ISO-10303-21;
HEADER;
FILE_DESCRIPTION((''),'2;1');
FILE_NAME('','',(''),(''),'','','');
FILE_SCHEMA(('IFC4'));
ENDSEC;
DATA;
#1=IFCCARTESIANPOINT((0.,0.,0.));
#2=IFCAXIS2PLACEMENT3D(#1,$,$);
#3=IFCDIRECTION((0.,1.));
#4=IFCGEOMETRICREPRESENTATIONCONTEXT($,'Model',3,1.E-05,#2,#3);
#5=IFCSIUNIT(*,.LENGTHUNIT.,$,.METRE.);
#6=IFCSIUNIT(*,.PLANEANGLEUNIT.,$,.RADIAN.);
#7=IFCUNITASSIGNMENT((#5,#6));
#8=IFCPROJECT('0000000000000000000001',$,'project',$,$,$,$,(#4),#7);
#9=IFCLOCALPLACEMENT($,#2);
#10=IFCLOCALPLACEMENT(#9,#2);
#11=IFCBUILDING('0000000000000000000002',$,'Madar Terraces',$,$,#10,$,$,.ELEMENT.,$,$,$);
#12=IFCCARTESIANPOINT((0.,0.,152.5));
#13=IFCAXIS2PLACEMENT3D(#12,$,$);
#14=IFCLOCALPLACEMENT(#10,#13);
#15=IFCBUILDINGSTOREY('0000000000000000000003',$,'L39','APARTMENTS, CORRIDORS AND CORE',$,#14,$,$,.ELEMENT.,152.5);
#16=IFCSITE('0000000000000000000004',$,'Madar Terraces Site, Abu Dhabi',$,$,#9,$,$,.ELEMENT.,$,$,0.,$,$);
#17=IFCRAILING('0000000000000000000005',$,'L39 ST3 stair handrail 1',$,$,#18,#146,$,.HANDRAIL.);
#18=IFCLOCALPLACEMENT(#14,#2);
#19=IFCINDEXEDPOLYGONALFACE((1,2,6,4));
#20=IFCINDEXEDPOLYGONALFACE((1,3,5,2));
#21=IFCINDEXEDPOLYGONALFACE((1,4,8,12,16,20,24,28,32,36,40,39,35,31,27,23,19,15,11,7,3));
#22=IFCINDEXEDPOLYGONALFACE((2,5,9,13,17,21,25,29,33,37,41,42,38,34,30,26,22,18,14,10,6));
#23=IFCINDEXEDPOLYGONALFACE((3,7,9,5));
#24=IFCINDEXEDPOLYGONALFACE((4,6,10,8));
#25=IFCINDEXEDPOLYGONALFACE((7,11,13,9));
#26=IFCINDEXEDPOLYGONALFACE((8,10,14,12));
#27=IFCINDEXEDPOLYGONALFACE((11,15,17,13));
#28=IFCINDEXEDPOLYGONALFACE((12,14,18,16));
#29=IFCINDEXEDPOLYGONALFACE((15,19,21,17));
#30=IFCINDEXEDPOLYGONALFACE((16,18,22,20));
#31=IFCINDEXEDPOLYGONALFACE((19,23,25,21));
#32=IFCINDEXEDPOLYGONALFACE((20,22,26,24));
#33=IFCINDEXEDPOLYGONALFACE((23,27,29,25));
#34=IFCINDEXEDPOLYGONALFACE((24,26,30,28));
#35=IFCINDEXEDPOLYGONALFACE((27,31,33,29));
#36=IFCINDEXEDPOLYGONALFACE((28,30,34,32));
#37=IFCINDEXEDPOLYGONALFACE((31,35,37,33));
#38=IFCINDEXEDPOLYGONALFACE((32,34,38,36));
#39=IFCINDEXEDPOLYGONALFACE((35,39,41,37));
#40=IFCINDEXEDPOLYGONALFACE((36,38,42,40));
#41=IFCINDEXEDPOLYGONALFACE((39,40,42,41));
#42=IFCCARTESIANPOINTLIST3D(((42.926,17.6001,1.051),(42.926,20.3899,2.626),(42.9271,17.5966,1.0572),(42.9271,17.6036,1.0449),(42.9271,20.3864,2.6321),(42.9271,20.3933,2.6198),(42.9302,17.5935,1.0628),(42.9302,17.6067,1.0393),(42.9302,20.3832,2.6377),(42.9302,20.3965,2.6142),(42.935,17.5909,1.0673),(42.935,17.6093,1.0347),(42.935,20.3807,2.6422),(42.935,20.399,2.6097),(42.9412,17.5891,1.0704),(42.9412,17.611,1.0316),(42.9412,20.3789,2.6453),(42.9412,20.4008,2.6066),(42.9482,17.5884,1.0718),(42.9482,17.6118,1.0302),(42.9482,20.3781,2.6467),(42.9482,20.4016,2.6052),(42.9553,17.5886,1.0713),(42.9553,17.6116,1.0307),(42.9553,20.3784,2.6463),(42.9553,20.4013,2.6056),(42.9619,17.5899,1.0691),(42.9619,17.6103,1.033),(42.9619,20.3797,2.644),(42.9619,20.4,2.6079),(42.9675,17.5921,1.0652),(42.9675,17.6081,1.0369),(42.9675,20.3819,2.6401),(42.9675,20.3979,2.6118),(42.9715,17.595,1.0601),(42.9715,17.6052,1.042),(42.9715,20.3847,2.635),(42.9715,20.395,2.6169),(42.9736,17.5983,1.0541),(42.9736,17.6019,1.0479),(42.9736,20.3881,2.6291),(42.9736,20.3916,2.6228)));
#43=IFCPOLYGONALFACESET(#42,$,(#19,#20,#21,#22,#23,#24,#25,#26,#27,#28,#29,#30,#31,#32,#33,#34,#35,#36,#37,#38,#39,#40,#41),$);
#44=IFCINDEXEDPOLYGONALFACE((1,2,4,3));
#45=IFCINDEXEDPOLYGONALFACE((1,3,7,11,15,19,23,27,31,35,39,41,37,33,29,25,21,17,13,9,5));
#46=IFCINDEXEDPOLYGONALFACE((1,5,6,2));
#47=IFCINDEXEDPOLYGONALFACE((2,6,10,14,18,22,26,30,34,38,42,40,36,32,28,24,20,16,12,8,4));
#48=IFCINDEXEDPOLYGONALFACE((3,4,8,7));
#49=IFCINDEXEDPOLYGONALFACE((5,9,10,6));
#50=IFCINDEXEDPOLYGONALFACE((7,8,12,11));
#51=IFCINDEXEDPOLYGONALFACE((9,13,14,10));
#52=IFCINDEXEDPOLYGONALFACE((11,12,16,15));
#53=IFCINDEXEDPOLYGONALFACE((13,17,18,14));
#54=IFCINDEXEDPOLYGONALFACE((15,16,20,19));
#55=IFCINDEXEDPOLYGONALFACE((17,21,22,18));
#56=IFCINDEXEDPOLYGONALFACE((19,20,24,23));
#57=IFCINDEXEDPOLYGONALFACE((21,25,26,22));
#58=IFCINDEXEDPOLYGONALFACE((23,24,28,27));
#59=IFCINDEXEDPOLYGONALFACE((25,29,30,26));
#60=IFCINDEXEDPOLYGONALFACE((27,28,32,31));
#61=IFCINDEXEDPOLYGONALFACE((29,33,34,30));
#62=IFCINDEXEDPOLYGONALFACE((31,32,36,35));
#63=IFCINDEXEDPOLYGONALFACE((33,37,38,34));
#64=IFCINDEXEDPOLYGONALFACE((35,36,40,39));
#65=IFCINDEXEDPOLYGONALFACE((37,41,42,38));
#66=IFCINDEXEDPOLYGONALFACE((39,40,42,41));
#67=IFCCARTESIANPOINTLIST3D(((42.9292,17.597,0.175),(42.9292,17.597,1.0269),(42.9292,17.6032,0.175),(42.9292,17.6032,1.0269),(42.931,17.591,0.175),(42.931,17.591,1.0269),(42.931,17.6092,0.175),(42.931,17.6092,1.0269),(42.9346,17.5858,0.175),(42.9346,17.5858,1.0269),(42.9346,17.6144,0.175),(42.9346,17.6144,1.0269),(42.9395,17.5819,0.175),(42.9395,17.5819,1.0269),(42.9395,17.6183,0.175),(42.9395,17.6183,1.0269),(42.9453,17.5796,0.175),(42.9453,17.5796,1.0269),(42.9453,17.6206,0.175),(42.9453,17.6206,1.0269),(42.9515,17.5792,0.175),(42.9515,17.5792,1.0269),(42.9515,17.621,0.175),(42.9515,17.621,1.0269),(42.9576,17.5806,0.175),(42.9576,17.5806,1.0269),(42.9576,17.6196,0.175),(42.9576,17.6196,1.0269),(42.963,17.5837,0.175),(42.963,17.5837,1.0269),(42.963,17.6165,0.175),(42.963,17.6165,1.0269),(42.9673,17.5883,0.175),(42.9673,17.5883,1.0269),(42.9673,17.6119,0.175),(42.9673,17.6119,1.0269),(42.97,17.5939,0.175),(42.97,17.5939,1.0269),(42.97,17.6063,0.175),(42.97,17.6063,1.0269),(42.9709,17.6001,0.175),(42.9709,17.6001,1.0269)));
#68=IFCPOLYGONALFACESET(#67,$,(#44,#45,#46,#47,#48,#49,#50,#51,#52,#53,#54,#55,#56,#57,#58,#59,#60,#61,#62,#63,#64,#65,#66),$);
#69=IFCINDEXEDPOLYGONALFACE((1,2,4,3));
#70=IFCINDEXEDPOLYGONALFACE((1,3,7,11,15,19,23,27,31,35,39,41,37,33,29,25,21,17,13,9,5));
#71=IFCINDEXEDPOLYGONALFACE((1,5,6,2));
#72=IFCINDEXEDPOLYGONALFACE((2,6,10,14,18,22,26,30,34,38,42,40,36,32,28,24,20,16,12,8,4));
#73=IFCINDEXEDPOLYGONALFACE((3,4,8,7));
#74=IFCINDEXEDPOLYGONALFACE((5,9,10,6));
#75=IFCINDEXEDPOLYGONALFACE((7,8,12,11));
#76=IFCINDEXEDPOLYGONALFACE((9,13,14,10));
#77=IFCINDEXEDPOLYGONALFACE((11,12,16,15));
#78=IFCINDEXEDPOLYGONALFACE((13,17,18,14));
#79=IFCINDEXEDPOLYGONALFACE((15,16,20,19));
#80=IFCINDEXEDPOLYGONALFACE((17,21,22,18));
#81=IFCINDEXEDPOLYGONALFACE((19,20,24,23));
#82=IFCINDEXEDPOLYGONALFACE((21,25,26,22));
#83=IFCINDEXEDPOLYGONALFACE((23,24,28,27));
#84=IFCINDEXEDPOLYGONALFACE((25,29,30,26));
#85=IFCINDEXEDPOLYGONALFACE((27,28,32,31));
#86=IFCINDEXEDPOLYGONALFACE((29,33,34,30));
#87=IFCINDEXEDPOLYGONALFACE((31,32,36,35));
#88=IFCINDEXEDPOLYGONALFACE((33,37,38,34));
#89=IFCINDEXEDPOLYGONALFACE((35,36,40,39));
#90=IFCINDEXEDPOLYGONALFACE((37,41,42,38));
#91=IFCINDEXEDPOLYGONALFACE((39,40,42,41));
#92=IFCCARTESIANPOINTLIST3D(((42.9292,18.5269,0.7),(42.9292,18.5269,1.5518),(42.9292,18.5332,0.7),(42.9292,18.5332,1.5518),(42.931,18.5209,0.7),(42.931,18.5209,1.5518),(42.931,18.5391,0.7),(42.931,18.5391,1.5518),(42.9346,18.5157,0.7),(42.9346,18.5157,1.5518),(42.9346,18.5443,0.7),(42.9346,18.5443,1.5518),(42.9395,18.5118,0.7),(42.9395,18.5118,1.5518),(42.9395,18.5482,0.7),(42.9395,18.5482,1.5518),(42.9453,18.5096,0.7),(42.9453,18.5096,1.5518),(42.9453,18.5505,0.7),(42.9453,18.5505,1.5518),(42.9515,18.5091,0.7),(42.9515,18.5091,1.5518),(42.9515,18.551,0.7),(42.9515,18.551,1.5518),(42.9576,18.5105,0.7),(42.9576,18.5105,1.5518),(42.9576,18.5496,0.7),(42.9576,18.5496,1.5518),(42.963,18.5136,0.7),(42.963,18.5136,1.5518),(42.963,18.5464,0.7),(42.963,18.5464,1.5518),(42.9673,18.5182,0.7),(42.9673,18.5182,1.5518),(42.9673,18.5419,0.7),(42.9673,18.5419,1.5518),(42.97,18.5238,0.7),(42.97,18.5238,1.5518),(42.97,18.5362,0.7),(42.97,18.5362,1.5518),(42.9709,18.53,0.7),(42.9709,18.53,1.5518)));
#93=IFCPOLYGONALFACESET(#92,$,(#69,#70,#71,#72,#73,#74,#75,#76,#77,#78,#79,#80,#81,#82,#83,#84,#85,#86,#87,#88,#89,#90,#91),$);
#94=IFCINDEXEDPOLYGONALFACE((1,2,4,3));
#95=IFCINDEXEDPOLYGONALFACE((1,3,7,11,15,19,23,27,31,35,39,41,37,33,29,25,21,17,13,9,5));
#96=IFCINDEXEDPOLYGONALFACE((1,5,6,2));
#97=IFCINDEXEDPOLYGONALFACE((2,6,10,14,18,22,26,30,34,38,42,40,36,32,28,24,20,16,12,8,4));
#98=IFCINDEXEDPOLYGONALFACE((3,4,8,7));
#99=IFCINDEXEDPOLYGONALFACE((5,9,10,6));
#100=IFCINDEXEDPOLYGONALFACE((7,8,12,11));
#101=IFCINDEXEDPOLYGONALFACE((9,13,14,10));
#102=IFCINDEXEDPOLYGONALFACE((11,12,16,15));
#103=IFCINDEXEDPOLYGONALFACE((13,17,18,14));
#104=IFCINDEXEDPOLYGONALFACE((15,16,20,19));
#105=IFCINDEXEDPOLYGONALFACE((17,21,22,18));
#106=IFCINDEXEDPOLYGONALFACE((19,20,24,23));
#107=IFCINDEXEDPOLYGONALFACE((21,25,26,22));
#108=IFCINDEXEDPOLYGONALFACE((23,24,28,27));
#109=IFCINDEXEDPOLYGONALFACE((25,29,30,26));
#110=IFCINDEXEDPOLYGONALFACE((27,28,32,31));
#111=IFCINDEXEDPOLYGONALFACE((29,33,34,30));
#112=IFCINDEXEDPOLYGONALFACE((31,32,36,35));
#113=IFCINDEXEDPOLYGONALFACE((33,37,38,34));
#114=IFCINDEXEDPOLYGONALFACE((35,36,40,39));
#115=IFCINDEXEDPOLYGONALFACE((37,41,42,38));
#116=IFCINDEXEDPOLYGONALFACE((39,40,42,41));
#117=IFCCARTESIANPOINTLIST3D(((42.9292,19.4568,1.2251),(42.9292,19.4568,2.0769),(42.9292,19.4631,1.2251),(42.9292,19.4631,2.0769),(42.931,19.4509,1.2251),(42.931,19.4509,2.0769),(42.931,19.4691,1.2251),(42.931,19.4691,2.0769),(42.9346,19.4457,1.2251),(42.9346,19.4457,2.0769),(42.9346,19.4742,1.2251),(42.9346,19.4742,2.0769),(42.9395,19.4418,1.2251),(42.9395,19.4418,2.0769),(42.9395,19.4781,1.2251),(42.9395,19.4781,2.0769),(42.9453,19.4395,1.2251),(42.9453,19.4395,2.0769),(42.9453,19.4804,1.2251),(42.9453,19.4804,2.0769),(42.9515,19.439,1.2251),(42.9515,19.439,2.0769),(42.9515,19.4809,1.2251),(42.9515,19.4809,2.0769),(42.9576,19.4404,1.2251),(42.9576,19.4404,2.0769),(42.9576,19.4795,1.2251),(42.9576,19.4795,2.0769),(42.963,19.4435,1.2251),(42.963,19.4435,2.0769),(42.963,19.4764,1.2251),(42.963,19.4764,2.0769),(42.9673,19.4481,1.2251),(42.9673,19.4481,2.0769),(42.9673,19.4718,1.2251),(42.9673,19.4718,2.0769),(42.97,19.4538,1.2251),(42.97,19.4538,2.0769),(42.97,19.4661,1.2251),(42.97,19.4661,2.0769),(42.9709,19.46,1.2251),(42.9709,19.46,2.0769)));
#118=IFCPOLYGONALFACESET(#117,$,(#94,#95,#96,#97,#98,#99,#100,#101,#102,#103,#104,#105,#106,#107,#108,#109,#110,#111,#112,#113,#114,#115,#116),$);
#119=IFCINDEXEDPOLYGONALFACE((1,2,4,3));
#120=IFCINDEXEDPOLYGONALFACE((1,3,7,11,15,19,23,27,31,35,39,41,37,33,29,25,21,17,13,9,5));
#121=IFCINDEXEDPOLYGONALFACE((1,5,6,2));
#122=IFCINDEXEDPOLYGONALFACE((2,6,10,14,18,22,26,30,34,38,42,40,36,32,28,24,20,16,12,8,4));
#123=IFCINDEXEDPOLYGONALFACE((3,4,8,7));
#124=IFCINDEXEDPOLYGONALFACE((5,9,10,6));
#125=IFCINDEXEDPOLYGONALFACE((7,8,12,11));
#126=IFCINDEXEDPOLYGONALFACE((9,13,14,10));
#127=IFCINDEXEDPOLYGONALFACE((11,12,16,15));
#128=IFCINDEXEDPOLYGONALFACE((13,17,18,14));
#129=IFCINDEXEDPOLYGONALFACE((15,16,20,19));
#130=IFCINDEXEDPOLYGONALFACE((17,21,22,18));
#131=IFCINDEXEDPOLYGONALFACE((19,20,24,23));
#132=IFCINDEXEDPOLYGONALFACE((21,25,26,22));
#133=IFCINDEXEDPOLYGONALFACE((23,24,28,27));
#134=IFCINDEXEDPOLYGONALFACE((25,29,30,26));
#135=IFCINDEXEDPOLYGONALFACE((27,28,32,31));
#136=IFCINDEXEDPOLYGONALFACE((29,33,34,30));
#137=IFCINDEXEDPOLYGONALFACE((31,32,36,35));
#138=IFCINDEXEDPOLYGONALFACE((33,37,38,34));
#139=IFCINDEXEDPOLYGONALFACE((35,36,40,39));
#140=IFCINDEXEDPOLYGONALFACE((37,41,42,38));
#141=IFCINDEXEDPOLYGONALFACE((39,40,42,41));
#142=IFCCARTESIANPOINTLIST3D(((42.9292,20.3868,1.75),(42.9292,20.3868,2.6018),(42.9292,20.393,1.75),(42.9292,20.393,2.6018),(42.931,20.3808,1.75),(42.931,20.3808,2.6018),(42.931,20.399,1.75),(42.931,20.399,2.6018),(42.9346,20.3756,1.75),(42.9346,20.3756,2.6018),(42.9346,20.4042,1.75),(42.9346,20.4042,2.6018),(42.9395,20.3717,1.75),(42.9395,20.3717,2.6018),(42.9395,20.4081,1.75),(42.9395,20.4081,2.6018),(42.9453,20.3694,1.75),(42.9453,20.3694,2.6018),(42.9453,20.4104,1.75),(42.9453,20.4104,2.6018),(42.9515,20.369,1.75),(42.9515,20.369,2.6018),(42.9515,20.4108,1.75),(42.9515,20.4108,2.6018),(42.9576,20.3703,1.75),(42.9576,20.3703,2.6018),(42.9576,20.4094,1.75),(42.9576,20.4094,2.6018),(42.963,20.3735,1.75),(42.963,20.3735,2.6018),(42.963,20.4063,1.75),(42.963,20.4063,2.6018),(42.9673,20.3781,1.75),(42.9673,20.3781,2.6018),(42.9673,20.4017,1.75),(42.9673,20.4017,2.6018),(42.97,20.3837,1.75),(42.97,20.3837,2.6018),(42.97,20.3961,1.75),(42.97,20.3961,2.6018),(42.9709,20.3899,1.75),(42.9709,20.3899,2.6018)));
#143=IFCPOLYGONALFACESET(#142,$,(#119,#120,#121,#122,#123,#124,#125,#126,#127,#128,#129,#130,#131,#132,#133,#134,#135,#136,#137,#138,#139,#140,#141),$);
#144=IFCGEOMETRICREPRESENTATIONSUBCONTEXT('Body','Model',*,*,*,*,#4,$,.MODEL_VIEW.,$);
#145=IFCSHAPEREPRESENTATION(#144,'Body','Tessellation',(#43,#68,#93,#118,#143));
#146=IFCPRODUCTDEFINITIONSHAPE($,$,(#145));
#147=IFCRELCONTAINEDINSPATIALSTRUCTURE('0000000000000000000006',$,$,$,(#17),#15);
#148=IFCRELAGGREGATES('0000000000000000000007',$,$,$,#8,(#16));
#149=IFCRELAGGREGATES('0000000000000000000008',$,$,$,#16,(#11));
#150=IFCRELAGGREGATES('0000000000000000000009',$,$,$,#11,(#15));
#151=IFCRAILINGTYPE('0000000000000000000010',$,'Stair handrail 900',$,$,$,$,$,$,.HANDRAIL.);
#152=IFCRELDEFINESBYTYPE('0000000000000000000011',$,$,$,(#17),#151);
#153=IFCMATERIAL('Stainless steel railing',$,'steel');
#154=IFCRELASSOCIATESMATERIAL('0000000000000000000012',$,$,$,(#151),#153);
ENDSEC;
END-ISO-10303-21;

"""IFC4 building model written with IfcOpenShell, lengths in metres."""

from ifc_helpers import new_model, si_unit, direction, frame, origin, origin_2d, place, context, subcontext, project, spatial, circle, extrude, material, type_object, element, save


model = new_model("IFC4")

# Units and contexts
model_context = context("Model", 3, precision=1e-05, world=origin(), true_north=direction((0.0, 1.0)))
body_context = subcontext(model_context, "Body", "Model", "MODEL_VIEW")
ifc_project = project(units=[si_unit("LENGTHUNIT", "METRE"), si_unit("PLANEANGLEUNIT", "RADIAN")], contexts=[model_context])

# Site, building, storey
site_placement = place(None, origin())
site = spatial("IfcSite", under=ifc_project, at=site_placement, Name="Madar Terraces Site, Abu Dhabi", CompositionType="ELEMENT", RefElevation=0.0)
building_placement = place(site_placement, origin())
building = spatial("IfcBuilding", under=site, at=building_placement, Name="Madar Terraces", CompositionType="ELEMENT")
storey_placement = place(building_placement, frame((0.0, 0.0, 152.5)))
storey = spatial("IfcBuildingStorey", under=building, at=storey_placement, Name="L39", Description="APARTMENTS, CORRIDORS AND CORE", CompositionType="ELEMENT", Elevation=152.5)

# Railing
ifc_material_1 = material(Name="Stainless steel railing", Category="steel")
railing_type_1 = type_object("IfcRailingType", Name="Stair handrail 900", PredefinedType="HANDRAIL", material=ifc_material_1)
railing_1_placement = place(storey_placement, frame((42.95, 17.6001, 0.175)))
element("IfcRailing", 1, at=railing_1_placement, inside=storey, type_object=railing_type_1, Name="L39 ST3 stair handrail 1", PredefinedType="HANDRAIL", context=body_context, shape_type="SweptSolid", body=[
    extrude(circle(Radius=0.0239, at=origin_2d()), frame((0.0, 0.0, 0.876), z_axis=(0.0, 0.870815, 0.49161), x_axis=(-1.0, 0.0, 0.0)), (0.0, 0.0, 1.0), 3.2036),
    extrude(circle(Radius=0.021, at=origin_2d()), origin(), (0.0, 0.0, 1.0), 0.8518),
    extrude(circle(Radius=0.021, at=origin_2d()), frame((0.0, 0.9299, 0.5249)), (0.0, 0.0, 1.0), 0.8518),
    extrude(circle(Radius=0.021, at=origin_2d()), frame((0.0, 1.8599, 1.05)), (0.0, 0.0, 1.0), 0.8518),
    extrude(circle(Radius=0.021, at=origin_2d()), frame((0.0, 2.7898, 1.575)), (0.0, 0.0, 1.0), 0.8518),
])

save(model, "model.ifc")
